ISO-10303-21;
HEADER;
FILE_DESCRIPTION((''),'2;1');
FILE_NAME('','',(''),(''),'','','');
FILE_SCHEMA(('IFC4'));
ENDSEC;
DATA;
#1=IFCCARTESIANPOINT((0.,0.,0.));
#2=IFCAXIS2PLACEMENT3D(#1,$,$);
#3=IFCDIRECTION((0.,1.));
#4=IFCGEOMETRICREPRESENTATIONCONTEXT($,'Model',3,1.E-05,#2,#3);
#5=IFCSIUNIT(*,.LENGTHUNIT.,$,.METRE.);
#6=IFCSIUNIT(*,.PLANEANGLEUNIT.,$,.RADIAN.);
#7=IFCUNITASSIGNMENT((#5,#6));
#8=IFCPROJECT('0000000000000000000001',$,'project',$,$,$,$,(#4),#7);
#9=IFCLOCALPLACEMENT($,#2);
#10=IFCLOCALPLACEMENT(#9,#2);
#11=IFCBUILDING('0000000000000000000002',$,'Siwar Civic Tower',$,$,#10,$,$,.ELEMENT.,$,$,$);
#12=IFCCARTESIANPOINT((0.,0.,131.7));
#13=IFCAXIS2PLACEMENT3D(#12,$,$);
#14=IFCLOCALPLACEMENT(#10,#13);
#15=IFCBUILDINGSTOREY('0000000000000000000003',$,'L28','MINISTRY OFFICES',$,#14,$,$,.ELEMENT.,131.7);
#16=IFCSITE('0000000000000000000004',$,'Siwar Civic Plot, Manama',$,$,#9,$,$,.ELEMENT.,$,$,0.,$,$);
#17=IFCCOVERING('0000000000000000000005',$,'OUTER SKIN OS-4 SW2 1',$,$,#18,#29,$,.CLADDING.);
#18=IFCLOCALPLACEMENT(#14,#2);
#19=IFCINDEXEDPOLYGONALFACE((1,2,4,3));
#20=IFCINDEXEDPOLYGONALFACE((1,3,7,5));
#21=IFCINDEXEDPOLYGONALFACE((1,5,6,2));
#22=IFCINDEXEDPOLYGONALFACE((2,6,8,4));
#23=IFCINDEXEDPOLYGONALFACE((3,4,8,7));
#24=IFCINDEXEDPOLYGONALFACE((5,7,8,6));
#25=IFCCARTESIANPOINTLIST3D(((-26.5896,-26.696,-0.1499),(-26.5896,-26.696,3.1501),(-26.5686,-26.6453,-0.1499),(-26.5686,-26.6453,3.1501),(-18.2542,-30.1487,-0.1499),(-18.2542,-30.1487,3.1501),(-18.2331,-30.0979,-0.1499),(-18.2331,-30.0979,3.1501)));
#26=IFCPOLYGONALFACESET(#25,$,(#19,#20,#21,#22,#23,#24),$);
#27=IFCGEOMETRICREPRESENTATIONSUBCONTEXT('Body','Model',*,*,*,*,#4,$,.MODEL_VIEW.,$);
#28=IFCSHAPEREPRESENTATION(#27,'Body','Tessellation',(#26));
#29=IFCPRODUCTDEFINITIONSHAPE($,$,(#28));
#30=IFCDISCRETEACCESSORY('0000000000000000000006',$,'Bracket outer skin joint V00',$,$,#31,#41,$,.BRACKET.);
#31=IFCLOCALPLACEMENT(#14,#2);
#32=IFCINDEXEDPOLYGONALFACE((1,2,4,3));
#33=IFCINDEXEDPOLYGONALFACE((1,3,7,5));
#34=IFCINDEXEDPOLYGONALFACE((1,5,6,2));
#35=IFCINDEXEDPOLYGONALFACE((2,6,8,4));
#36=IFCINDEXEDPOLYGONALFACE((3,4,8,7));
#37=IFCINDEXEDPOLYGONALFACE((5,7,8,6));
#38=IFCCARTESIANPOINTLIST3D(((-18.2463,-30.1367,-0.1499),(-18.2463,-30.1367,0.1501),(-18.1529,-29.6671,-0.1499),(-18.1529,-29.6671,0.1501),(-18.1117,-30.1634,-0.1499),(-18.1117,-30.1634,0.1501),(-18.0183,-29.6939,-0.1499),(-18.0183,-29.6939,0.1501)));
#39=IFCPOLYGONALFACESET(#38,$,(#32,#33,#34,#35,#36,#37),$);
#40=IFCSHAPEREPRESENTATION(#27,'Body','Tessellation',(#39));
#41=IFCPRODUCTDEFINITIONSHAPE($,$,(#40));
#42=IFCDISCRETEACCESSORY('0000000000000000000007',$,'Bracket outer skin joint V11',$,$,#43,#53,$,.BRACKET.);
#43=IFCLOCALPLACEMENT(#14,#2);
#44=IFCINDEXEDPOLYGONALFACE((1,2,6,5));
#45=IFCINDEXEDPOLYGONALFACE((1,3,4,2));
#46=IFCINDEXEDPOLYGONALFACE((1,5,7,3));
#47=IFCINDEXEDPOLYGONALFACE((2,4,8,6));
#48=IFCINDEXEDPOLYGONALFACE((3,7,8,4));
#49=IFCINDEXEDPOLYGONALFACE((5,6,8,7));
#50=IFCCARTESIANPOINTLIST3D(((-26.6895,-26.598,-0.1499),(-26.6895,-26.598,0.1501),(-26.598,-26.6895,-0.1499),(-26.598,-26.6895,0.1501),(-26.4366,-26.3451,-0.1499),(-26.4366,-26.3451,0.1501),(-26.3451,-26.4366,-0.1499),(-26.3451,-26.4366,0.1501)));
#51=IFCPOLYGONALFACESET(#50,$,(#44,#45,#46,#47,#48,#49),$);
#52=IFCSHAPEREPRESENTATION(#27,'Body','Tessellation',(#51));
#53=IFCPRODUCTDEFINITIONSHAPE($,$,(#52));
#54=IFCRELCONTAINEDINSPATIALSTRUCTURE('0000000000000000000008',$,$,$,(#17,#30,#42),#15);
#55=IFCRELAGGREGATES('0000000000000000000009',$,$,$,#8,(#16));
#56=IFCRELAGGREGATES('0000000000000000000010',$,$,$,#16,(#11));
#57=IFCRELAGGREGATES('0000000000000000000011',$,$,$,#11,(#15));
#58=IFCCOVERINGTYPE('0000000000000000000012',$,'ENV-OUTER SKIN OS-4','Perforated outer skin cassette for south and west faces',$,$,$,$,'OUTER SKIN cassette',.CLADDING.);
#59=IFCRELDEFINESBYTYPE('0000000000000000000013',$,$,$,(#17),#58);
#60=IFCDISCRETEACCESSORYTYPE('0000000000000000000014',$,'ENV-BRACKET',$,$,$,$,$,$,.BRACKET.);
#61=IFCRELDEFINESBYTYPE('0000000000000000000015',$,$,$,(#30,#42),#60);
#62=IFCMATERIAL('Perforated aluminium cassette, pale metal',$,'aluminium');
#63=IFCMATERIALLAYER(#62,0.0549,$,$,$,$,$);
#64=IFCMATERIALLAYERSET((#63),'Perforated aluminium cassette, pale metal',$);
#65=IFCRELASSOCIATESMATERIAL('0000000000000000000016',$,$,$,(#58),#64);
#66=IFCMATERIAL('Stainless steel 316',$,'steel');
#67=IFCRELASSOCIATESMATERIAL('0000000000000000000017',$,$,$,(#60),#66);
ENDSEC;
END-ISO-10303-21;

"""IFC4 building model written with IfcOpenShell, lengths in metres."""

from ifc_helpers import new_model, si_unit, direction, frame, origin, origin_2d, place, context, subcontext, project, spatial, rectangle, extrude, material, layer, layer_set, type_object, element, save


model = new_model("IFC4")

# Units and contexts
model_context = context("Model", 3, precision=1e-05, world=origin(), true_north=direction((0.0, 1.0)))
body_context = subcontext(model_context, "Body", "Model", "MODEL_VIEW")
ifc_project = project(units=[si_unit("LENGTHUNIT", "METRE"), si_unit("PLANEANGLEUNIT", "RADIAN")], contexts=[model_context])

# Site, building, storey
site_placement = place(None, origin())
site = spatial("IfcSite", under=ifc_project, at=site_placement, Name="Siwar Civic Plot, Manama", CompositionType="ELEMENT", RefElevation=0.0)
building_placement = place(site_placement, origin())
building = spatial("IfcBuilding", under=site, at=building_placement, Name="Siwar Civic Tower", CompositionType="ELEMENT")
storey_placement = place(building_placement, frame((0.0, 0.0, 131.7)))
storey = spatial("IfcBuildingStorey", under=building, at=storey_placement, Name="L28", Description="MINISTRY OFFICES", CompositionType="ELEMENT", Elevation=131.7)

# Covering
ifc_material_1 = material(Name="Perforated aluminium cassette, pale metal", Category="aluminium")
ifc_layer_1 = layer(ifc_material_1, 0.0549)
ifc_layer_set_1 = layer_set([ifc_layer_1], Name="Perforated aluminium cassette, pale metal")
covering_type = type_object("IfcCoveringType", Name="ENV-OUTER SKIN OS-4", Description="Perforated outer skin cassette for south and west faces", ElementType="OUTER SKIN cassette", PredefinedType="CLADDING", material=ifc_layer_set_1)
for number, where, z_axis, x_axis, name in (
    (1, (-22.4114, -28.397, -0.1499), (0.0, 0.0, 1.0), (0.92388, -0.382683, 0.0), "OUTER SKIN OS-4 SW2 1"),
):
    element("IfcCovering", number, at=place(storey_placement, frame(where, z_axis=z_axis, x_axis=x_axis)), inside=storey, type_object=covering_type, Name=name, PredefinedType="CLADDING", context=body_context, shape_type="SweptSolid", body=[
        extrude(rectangle(XDim=9.0222, YDim=0.0549, at=origin_2d()), origin(), (0.0, 0.0, 1.0), 3.3),
    ])

# Discrete accessories
ifc_material_2 = material(Name="Stainless steel 316", Category="steel")
discrete_accessory_type = type_object("IfcDiscreteAccessoryType", Name="ENV-BRACKET", PredefinedType="BRACKET", material=ifc_material_2)
discrete_accessory_1_placement = place(storey_placement, frame((-18.1323, -29.9153, -0.1499), z_axis=(0.0, 0.0, 1.0), x_axis=(-0.19509, -0.980785, 0.0)))
element("IfcDiscreteAccessory", 2, at=discrete_accessory_1_placement, inside=storey, type_object=discrete_accessory_type, Name="Bracket outer skin joint V00", PredefinedType="BRACKET", context=body_context, shape_type="SweptSolid", body=[
    extrude(rectangle(XDim=0.4788, YDim=0.1372, at=origin_2d()), origin(), (0.0, 0.0, 1.0), 0.3),
])
discrete_accessory_2_placement = place(storey_placement, frame((-26.5173, -26.5173, -0.1499), z_axis=(0.0, 0.0, 1.0), x_axis=(-0.707107, -0.707107, 0.0)))
element("IfcDiscreteAccessory", 3, at=discrete_accessory_2_placement, inside=storey, type_object=discrete_accessory_type, Name="Bracket outer skin joint V11", PredefinedType="BRACKET", context=body_context, shape_type="SweptSolid", body=[
    extrude(rectangle(XDim=0.3577, YDim=0.1294, at=origin_2d()), origin(), (0.0, 0.0, 1.0), 0.3),
])

save(model, "model.ifc")
